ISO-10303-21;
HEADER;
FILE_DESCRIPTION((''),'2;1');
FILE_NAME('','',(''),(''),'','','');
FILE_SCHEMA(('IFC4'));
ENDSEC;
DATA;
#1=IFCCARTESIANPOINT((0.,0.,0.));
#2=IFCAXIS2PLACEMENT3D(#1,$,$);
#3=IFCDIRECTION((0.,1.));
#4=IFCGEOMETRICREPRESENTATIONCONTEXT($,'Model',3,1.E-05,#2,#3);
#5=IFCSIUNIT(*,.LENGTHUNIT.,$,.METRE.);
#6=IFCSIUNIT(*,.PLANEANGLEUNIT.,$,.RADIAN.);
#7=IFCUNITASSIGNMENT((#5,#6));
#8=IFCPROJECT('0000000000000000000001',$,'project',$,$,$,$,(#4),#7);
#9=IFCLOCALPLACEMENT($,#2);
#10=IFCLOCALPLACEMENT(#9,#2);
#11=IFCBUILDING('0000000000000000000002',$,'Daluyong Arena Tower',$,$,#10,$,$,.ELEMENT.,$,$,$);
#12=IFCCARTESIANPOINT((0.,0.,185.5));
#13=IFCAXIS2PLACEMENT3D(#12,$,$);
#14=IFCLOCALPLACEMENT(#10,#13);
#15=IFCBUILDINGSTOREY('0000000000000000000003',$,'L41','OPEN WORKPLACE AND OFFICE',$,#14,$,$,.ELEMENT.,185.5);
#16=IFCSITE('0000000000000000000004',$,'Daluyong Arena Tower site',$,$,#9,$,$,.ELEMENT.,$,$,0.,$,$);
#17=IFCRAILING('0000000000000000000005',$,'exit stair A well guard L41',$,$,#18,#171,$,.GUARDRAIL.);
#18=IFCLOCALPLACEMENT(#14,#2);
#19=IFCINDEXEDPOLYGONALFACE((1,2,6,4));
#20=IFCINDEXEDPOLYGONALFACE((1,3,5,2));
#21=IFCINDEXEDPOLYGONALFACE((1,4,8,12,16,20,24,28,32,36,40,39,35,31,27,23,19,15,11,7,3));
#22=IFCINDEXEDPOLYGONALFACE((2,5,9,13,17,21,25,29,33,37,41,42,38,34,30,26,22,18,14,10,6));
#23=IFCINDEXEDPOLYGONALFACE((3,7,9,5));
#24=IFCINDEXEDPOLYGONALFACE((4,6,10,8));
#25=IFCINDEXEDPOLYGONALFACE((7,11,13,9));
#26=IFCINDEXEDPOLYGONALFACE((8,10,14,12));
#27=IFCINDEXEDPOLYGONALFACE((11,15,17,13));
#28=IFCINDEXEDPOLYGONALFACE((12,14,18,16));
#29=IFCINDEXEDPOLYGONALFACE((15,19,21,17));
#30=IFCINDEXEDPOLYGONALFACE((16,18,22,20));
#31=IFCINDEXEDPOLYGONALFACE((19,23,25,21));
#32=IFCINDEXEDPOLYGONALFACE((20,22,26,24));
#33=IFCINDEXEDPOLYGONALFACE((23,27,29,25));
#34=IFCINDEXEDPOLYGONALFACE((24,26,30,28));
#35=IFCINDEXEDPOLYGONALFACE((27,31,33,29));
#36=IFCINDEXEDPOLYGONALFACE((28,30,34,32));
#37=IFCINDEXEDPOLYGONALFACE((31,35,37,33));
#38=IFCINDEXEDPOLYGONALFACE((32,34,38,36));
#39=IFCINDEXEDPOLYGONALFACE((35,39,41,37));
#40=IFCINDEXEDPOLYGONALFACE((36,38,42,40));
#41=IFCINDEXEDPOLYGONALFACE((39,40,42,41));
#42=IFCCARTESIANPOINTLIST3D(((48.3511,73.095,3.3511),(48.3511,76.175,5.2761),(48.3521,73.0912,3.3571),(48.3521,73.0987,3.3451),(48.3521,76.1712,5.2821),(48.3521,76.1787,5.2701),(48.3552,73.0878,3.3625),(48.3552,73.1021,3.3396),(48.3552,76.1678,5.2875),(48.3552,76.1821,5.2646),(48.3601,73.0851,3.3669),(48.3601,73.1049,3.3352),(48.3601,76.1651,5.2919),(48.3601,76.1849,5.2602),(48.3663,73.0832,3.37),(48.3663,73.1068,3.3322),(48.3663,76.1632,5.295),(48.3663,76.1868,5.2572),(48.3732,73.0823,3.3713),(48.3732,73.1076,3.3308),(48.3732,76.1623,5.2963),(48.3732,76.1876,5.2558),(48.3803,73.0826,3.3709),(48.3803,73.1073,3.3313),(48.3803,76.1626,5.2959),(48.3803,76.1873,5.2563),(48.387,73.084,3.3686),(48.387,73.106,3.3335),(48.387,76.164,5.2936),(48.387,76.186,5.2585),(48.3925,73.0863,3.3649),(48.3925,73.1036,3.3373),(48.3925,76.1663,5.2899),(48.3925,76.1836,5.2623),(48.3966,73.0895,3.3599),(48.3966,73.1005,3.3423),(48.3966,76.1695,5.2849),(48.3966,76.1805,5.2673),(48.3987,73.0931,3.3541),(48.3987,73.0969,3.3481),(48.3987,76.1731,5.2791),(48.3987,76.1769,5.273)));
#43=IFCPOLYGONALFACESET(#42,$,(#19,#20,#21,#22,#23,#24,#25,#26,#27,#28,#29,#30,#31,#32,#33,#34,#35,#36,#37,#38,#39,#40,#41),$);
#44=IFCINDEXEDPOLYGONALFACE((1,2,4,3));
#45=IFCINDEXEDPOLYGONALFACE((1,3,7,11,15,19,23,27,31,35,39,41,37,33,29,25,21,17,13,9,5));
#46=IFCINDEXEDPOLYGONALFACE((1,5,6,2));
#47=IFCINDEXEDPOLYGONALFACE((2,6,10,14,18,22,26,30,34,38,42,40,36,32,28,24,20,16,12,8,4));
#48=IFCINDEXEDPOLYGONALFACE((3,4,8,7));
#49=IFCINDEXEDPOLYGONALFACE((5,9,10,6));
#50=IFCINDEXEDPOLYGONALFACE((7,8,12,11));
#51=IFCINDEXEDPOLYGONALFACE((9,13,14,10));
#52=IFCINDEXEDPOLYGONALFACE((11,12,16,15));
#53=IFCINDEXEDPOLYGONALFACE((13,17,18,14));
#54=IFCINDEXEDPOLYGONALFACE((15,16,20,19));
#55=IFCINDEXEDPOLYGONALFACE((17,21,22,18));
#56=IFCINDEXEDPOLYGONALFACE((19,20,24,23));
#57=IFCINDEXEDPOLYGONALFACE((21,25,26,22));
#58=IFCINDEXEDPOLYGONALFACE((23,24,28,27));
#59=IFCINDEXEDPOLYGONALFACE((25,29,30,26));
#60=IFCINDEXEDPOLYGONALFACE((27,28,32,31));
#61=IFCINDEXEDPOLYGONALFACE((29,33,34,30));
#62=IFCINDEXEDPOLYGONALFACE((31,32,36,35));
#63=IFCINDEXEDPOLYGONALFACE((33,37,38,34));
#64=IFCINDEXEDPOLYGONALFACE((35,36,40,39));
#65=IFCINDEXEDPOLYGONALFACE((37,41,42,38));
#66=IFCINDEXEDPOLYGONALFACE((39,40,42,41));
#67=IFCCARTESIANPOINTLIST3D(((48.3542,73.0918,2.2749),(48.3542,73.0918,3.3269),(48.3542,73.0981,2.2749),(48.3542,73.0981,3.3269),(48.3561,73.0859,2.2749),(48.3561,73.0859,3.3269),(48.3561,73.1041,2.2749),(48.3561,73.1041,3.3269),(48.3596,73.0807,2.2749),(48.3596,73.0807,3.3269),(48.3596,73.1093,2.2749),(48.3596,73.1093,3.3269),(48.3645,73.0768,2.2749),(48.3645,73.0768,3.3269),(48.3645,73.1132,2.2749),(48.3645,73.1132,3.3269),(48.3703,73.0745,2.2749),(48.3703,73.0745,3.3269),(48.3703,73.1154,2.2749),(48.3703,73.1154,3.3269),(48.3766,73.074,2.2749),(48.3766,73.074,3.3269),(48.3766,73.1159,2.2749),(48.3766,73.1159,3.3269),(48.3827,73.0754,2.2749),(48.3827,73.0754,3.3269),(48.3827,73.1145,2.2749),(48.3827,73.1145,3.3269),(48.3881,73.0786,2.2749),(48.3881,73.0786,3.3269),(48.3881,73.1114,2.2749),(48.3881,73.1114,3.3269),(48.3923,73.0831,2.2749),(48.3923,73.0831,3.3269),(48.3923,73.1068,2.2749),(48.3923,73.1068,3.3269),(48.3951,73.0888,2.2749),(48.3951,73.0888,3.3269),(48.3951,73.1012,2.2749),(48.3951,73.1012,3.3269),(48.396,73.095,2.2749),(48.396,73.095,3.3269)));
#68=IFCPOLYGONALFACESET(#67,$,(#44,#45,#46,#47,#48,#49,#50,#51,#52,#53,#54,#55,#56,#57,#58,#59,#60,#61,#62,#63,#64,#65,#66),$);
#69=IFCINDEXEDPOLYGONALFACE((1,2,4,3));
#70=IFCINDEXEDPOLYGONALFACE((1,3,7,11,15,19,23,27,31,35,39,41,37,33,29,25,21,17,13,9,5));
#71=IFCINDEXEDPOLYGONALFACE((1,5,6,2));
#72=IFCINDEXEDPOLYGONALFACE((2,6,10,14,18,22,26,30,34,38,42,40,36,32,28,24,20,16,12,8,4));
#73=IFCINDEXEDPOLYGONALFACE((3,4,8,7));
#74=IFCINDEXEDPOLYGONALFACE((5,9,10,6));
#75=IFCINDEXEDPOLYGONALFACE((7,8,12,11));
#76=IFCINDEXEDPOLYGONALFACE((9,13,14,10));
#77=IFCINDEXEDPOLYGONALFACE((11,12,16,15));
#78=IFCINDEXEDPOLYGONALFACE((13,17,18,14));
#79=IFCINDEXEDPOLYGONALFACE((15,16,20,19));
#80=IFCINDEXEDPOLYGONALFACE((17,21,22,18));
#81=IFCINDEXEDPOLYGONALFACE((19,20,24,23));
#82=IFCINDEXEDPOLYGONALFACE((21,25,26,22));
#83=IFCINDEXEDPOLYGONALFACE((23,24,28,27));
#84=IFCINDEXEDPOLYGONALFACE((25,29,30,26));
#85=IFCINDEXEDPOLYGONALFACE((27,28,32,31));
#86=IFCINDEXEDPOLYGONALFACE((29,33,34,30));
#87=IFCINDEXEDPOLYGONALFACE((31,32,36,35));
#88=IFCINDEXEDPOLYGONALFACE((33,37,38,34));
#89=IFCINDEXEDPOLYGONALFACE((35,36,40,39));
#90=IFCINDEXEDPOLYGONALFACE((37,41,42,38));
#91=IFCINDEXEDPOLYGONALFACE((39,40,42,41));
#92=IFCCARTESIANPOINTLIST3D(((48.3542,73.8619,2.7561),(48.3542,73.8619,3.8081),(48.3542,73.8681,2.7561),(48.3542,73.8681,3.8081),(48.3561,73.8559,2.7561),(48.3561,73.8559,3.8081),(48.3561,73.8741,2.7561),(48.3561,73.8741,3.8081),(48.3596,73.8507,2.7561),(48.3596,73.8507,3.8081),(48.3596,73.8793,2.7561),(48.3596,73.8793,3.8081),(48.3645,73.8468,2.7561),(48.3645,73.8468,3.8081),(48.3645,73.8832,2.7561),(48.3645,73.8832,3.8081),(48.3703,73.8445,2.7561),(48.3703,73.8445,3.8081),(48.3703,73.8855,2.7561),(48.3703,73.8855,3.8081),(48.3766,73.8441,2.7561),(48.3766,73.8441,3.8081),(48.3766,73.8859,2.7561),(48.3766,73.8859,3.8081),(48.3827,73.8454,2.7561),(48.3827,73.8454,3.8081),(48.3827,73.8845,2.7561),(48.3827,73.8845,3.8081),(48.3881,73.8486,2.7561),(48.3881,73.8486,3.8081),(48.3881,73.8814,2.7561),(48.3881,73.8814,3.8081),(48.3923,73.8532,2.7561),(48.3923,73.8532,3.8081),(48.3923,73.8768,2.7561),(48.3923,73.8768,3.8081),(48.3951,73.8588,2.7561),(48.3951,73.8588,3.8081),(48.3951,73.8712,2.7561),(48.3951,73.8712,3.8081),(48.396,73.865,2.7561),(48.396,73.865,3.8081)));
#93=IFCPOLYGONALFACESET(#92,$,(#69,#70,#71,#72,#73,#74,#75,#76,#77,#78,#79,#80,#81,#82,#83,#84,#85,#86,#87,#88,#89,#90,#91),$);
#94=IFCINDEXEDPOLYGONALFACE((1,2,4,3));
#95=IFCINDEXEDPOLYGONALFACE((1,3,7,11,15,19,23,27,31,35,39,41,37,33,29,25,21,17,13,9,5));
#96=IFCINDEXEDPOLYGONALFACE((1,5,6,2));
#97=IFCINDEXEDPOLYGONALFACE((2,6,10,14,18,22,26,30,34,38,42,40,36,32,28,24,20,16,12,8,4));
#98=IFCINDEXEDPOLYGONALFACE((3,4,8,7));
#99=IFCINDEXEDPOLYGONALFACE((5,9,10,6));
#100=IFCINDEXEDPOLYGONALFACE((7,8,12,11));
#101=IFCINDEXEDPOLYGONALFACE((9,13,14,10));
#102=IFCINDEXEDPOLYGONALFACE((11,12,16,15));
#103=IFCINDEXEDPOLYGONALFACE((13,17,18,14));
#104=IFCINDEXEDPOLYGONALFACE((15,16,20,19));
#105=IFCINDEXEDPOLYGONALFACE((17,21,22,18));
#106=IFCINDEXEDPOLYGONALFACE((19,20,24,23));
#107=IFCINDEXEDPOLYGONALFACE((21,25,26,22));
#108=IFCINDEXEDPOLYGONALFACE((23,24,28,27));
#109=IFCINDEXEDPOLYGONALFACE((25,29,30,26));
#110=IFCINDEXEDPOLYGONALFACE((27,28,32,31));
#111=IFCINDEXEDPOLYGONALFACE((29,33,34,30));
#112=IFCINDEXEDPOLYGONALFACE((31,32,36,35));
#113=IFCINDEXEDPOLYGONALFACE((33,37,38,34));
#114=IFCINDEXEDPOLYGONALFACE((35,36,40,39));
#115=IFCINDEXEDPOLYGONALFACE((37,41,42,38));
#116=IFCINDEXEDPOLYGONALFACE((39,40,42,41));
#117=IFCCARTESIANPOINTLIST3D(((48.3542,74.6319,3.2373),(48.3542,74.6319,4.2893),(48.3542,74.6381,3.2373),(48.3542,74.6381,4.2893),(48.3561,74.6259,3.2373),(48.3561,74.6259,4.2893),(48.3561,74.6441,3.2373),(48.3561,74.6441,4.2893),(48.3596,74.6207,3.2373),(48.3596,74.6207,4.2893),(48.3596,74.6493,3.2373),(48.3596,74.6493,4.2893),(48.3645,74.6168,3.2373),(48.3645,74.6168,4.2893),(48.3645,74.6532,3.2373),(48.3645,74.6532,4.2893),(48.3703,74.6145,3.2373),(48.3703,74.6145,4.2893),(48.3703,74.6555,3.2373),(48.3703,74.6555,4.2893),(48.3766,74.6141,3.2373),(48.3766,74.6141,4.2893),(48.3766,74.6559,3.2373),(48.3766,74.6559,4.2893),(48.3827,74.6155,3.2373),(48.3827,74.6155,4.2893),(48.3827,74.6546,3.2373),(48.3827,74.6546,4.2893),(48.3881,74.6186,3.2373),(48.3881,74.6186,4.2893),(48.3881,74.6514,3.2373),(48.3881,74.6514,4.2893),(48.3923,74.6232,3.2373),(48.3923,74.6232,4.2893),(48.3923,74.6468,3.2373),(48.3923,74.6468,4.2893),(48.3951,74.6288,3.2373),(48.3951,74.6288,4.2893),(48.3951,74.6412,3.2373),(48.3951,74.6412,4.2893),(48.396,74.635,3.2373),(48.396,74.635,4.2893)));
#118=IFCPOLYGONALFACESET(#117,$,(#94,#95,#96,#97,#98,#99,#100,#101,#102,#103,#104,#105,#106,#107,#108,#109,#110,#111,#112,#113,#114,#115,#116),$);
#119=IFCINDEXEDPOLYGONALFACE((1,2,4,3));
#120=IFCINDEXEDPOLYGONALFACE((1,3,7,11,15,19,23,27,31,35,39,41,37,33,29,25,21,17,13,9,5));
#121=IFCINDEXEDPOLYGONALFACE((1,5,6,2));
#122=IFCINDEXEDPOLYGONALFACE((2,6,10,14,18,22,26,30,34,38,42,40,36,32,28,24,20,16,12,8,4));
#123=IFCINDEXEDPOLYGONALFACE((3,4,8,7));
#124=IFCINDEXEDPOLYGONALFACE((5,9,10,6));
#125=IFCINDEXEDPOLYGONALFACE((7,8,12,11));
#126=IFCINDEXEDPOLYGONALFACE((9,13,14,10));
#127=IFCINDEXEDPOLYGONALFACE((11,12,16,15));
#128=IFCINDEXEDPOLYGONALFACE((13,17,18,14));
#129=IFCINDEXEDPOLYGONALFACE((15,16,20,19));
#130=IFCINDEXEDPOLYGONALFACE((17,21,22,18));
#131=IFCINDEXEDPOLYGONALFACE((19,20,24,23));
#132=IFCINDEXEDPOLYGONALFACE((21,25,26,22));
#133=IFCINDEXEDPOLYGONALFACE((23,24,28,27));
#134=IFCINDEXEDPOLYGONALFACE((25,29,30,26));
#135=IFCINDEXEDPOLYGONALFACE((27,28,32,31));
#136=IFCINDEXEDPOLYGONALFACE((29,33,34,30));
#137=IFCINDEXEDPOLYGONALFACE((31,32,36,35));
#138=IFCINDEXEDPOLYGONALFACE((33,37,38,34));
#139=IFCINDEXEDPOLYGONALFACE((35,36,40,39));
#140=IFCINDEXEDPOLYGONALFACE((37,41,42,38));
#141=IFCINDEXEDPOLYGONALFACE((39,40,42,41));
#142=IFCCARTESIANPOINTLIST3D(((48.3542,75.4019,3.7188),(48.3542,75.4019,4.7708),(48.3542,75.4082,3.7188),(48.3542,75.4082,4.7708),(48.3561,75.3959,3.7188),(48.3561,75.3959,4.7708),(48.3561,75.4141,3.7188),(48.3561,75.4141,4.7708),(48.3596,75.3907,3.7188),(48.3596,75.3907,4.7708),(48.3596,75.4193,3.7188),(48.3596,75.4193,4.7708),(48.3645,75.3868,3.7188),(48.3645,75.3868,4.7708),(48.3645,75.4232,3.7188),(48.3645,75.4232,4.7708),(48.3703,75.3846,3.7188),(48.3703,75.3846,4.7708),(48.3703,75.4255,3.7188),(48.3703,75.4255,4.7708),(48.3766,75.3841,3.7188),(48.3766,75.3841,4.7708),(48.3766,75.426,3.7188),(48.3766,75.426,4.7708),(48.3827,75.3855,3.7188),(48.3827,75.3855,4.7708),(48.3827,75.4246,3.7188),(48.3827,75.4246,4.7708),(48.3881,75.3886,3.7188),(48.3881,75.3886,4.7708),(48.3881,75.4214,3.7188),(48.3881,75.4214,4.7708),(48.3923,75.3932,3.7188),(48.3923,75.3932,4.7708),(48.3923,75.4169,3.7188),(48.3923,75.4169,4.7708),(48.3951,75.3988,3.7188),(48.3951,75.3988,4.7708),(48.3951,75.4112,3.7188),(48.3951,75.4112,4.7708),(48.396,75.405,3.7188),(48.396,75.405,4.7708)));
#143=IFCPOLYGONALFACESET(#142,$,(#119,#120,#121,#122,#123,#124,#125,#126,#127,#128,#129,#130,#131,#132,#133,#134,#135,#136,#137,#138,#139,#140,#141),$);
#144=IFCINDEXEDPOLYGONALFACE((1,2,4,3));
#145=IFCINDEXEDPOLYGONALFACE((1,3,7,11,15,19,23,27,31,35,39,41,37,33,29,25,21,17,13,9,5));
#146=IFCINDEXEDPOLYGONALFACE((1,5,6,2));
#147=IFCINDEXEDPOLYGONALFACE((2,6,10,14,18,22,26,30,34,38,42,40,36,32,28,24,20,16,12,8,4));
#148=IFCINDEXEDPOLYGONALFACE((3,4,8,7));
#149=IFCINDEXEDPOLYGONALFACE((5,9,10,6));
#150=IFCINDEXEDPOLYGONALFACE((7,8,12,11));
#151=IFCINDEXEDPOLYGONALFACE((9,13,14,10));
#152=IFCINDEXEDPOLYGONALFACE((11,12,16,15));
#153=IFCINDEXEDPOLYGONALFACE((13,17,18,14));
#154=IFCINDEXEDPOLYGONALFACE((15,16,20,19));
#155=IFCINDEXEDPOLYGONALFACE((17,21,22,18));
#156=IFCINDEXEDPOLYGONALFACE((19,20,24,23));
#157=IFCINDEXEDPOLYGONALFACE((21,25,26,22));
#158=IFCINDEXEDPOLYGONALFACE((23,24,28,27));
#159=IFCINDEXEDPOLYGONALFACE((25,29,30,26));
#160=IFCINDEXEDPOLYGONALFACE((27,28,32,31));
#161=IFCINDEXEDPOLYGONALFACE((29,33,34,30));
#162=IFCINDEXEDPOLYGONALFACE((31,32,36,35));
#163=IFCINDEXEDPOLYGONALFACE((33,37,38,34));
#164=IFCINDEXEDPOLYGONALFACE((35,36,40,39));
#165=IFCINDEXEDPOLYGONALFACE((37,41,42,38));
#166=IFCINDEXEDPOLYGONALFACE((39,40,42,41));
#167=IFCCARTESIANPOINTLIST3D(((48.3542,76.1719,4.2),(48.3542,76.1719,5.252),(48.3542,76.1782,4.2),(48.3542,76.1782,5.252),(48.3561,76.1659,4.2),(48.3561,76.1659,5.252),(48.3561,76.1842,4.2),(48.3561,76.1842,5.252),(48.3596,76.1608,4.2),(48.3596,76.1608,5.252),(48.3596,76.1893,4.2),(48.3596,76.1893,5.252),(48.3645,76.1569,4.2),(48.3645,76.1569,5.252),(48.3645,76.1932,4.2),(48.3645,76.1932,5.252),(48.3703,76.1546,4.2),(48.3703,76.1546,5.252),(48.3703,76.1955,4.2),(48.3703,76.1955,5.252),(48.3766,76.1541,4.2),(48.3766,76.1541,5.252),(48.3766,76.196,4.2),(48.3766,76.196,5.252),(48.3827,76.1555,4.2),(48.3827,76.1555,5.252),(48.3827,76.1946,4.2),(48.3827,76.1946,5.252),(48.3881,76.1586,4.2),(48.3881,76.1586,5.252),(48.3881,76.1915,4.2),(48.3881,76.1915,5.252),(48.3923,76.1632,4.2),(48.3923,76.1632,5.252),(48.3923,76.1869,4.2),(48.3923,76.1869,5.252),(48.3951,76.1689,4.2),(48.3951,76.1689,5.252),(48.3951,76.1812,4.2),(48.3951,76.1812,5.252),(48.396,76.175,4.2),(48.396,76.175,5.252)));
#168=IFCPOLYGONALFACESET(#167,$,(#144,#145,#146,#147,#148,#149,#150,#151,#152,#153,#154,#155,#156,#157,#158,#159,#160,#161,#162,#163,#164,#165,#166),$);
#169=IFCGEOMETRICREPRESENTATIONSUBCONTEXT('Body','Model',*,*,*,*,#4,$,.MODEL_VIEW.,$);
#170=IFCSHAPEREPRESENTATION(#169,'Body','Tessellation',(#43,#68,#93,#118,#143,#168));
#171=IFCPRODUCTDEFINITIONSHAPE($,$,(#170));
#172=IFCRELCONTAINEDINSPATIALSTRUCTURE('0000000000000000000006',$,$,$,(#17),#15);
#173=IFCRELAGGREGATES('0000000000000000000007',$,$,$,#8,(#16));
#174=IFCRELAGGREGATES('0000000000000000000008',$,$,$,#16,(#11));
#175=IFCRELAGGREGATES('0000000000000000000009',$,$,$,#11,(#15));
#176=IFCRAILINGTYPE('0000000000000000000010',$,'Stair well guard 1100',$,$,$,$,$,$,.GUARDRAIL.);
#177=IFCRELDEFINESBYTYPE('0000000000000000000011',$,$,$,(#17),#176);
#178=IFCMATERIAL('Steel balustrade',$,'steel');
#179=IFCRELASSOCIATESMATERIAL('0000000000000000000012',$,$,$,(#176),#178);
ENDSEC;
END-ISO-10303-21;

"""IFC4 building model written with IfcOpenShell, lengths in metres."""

from ifc_helpers import new_model, si_unit, direction, frame, origin, origin_2d, place, context, subcontext, project, spatial, circle, extrude, material, type_object, element, save


model = new_model("IFC4")

# Units and contexts
model_context = context("Model", 3, precision=1e-05, world=origin(), true_north=direction((0.0, 1.0)))
body_context = subcontext(model_context, "Body", "Model", "MODEL_VIEW")
ifc_project = project(units=[si_unit("LENGTHUNIT", "METRE"), si_unit("PLANEANGLEUNIT", "RADIAN")], contexts=[model_context])

# Site, building, storey
site_placement = place(None, origin())
site = spatial("IfcSite", under=ifc_project, at=site_placement, Name="Daluyong Arena Tower site", CompositionType="ELEMENT", RefElevation=0.0)
building_placement = place(site_placement, origin())
building = spatial("IfcBuilding", under=site, at=building_placement, Name="Daluyong Arena Tower", CompositionType="ELEMENT")
storey_placement = place(building_placement, frame((0.0, 0.0, 185.5)))
storey = spatial("IfcBuildingStorey", under=building, at=storey_placement, Name="L41", Description="OPEN WORKPLACE AND OFFICE", CompositionType="ELEMENT", Elevation=185.5)

# Railing
ifc_material_1 = material(Name="Steel balustrade", Category="steel")
railing_type_1 = type_object("IfcRailingType", Name="Stair well guard 1100", PredefinedType="GUARDRAIL", material=ifc_material_1)
railing_1_placement = place(storey_placement, frame((48.375, 73.095, 2.2749)))
element("IfcRailing", 1, at=railing_1_placement, inside=storey, type_object=railing_type_1, Name="exit stair A well guard L41", PredefinedType="GUARDRAIL", context=body_context, shape_type="SweptSolid", body=[
    extrude(circle(Radius=0.0239, at=origin_2d()), frame((0.0, 0.0, 1.0762), z_axis=(0.0, 0.847998, 0.529999), x_axis=(-1.0, 0.0, 0.0)), (0.0, 0.0, 1.0), 3.6321),
    extrude(circle(Radius=0.021, at=origin_2d()), origin(), (0.0, 0.0, 1.0), 1.052),
    extrude(circle(Radius=0.021, at=origin_2d()), frame((0.0, 0.77, 0.4812)), (0.0, 0.0, 1.0), 1.052),
    extrude(circle(Radius=0.021, at=origin_2d()), frame((0.0, 1.54, 0.9624)), (0.0, 0.0, 1.0), 1.052),
    extrude(circle(Radius=0.021, at=origin_2d()), frame((0.0, 2.3101, 1.4438)), (0.0, 0.0, 1.0), 1.052),
    extrude(circle(Radius=0.021, at=origin_2d()), frame((0.0, 3.0801, 1.925)), (0.0, 0.0, 1.0), 1.052),
])

save(model, "model.ifc")
